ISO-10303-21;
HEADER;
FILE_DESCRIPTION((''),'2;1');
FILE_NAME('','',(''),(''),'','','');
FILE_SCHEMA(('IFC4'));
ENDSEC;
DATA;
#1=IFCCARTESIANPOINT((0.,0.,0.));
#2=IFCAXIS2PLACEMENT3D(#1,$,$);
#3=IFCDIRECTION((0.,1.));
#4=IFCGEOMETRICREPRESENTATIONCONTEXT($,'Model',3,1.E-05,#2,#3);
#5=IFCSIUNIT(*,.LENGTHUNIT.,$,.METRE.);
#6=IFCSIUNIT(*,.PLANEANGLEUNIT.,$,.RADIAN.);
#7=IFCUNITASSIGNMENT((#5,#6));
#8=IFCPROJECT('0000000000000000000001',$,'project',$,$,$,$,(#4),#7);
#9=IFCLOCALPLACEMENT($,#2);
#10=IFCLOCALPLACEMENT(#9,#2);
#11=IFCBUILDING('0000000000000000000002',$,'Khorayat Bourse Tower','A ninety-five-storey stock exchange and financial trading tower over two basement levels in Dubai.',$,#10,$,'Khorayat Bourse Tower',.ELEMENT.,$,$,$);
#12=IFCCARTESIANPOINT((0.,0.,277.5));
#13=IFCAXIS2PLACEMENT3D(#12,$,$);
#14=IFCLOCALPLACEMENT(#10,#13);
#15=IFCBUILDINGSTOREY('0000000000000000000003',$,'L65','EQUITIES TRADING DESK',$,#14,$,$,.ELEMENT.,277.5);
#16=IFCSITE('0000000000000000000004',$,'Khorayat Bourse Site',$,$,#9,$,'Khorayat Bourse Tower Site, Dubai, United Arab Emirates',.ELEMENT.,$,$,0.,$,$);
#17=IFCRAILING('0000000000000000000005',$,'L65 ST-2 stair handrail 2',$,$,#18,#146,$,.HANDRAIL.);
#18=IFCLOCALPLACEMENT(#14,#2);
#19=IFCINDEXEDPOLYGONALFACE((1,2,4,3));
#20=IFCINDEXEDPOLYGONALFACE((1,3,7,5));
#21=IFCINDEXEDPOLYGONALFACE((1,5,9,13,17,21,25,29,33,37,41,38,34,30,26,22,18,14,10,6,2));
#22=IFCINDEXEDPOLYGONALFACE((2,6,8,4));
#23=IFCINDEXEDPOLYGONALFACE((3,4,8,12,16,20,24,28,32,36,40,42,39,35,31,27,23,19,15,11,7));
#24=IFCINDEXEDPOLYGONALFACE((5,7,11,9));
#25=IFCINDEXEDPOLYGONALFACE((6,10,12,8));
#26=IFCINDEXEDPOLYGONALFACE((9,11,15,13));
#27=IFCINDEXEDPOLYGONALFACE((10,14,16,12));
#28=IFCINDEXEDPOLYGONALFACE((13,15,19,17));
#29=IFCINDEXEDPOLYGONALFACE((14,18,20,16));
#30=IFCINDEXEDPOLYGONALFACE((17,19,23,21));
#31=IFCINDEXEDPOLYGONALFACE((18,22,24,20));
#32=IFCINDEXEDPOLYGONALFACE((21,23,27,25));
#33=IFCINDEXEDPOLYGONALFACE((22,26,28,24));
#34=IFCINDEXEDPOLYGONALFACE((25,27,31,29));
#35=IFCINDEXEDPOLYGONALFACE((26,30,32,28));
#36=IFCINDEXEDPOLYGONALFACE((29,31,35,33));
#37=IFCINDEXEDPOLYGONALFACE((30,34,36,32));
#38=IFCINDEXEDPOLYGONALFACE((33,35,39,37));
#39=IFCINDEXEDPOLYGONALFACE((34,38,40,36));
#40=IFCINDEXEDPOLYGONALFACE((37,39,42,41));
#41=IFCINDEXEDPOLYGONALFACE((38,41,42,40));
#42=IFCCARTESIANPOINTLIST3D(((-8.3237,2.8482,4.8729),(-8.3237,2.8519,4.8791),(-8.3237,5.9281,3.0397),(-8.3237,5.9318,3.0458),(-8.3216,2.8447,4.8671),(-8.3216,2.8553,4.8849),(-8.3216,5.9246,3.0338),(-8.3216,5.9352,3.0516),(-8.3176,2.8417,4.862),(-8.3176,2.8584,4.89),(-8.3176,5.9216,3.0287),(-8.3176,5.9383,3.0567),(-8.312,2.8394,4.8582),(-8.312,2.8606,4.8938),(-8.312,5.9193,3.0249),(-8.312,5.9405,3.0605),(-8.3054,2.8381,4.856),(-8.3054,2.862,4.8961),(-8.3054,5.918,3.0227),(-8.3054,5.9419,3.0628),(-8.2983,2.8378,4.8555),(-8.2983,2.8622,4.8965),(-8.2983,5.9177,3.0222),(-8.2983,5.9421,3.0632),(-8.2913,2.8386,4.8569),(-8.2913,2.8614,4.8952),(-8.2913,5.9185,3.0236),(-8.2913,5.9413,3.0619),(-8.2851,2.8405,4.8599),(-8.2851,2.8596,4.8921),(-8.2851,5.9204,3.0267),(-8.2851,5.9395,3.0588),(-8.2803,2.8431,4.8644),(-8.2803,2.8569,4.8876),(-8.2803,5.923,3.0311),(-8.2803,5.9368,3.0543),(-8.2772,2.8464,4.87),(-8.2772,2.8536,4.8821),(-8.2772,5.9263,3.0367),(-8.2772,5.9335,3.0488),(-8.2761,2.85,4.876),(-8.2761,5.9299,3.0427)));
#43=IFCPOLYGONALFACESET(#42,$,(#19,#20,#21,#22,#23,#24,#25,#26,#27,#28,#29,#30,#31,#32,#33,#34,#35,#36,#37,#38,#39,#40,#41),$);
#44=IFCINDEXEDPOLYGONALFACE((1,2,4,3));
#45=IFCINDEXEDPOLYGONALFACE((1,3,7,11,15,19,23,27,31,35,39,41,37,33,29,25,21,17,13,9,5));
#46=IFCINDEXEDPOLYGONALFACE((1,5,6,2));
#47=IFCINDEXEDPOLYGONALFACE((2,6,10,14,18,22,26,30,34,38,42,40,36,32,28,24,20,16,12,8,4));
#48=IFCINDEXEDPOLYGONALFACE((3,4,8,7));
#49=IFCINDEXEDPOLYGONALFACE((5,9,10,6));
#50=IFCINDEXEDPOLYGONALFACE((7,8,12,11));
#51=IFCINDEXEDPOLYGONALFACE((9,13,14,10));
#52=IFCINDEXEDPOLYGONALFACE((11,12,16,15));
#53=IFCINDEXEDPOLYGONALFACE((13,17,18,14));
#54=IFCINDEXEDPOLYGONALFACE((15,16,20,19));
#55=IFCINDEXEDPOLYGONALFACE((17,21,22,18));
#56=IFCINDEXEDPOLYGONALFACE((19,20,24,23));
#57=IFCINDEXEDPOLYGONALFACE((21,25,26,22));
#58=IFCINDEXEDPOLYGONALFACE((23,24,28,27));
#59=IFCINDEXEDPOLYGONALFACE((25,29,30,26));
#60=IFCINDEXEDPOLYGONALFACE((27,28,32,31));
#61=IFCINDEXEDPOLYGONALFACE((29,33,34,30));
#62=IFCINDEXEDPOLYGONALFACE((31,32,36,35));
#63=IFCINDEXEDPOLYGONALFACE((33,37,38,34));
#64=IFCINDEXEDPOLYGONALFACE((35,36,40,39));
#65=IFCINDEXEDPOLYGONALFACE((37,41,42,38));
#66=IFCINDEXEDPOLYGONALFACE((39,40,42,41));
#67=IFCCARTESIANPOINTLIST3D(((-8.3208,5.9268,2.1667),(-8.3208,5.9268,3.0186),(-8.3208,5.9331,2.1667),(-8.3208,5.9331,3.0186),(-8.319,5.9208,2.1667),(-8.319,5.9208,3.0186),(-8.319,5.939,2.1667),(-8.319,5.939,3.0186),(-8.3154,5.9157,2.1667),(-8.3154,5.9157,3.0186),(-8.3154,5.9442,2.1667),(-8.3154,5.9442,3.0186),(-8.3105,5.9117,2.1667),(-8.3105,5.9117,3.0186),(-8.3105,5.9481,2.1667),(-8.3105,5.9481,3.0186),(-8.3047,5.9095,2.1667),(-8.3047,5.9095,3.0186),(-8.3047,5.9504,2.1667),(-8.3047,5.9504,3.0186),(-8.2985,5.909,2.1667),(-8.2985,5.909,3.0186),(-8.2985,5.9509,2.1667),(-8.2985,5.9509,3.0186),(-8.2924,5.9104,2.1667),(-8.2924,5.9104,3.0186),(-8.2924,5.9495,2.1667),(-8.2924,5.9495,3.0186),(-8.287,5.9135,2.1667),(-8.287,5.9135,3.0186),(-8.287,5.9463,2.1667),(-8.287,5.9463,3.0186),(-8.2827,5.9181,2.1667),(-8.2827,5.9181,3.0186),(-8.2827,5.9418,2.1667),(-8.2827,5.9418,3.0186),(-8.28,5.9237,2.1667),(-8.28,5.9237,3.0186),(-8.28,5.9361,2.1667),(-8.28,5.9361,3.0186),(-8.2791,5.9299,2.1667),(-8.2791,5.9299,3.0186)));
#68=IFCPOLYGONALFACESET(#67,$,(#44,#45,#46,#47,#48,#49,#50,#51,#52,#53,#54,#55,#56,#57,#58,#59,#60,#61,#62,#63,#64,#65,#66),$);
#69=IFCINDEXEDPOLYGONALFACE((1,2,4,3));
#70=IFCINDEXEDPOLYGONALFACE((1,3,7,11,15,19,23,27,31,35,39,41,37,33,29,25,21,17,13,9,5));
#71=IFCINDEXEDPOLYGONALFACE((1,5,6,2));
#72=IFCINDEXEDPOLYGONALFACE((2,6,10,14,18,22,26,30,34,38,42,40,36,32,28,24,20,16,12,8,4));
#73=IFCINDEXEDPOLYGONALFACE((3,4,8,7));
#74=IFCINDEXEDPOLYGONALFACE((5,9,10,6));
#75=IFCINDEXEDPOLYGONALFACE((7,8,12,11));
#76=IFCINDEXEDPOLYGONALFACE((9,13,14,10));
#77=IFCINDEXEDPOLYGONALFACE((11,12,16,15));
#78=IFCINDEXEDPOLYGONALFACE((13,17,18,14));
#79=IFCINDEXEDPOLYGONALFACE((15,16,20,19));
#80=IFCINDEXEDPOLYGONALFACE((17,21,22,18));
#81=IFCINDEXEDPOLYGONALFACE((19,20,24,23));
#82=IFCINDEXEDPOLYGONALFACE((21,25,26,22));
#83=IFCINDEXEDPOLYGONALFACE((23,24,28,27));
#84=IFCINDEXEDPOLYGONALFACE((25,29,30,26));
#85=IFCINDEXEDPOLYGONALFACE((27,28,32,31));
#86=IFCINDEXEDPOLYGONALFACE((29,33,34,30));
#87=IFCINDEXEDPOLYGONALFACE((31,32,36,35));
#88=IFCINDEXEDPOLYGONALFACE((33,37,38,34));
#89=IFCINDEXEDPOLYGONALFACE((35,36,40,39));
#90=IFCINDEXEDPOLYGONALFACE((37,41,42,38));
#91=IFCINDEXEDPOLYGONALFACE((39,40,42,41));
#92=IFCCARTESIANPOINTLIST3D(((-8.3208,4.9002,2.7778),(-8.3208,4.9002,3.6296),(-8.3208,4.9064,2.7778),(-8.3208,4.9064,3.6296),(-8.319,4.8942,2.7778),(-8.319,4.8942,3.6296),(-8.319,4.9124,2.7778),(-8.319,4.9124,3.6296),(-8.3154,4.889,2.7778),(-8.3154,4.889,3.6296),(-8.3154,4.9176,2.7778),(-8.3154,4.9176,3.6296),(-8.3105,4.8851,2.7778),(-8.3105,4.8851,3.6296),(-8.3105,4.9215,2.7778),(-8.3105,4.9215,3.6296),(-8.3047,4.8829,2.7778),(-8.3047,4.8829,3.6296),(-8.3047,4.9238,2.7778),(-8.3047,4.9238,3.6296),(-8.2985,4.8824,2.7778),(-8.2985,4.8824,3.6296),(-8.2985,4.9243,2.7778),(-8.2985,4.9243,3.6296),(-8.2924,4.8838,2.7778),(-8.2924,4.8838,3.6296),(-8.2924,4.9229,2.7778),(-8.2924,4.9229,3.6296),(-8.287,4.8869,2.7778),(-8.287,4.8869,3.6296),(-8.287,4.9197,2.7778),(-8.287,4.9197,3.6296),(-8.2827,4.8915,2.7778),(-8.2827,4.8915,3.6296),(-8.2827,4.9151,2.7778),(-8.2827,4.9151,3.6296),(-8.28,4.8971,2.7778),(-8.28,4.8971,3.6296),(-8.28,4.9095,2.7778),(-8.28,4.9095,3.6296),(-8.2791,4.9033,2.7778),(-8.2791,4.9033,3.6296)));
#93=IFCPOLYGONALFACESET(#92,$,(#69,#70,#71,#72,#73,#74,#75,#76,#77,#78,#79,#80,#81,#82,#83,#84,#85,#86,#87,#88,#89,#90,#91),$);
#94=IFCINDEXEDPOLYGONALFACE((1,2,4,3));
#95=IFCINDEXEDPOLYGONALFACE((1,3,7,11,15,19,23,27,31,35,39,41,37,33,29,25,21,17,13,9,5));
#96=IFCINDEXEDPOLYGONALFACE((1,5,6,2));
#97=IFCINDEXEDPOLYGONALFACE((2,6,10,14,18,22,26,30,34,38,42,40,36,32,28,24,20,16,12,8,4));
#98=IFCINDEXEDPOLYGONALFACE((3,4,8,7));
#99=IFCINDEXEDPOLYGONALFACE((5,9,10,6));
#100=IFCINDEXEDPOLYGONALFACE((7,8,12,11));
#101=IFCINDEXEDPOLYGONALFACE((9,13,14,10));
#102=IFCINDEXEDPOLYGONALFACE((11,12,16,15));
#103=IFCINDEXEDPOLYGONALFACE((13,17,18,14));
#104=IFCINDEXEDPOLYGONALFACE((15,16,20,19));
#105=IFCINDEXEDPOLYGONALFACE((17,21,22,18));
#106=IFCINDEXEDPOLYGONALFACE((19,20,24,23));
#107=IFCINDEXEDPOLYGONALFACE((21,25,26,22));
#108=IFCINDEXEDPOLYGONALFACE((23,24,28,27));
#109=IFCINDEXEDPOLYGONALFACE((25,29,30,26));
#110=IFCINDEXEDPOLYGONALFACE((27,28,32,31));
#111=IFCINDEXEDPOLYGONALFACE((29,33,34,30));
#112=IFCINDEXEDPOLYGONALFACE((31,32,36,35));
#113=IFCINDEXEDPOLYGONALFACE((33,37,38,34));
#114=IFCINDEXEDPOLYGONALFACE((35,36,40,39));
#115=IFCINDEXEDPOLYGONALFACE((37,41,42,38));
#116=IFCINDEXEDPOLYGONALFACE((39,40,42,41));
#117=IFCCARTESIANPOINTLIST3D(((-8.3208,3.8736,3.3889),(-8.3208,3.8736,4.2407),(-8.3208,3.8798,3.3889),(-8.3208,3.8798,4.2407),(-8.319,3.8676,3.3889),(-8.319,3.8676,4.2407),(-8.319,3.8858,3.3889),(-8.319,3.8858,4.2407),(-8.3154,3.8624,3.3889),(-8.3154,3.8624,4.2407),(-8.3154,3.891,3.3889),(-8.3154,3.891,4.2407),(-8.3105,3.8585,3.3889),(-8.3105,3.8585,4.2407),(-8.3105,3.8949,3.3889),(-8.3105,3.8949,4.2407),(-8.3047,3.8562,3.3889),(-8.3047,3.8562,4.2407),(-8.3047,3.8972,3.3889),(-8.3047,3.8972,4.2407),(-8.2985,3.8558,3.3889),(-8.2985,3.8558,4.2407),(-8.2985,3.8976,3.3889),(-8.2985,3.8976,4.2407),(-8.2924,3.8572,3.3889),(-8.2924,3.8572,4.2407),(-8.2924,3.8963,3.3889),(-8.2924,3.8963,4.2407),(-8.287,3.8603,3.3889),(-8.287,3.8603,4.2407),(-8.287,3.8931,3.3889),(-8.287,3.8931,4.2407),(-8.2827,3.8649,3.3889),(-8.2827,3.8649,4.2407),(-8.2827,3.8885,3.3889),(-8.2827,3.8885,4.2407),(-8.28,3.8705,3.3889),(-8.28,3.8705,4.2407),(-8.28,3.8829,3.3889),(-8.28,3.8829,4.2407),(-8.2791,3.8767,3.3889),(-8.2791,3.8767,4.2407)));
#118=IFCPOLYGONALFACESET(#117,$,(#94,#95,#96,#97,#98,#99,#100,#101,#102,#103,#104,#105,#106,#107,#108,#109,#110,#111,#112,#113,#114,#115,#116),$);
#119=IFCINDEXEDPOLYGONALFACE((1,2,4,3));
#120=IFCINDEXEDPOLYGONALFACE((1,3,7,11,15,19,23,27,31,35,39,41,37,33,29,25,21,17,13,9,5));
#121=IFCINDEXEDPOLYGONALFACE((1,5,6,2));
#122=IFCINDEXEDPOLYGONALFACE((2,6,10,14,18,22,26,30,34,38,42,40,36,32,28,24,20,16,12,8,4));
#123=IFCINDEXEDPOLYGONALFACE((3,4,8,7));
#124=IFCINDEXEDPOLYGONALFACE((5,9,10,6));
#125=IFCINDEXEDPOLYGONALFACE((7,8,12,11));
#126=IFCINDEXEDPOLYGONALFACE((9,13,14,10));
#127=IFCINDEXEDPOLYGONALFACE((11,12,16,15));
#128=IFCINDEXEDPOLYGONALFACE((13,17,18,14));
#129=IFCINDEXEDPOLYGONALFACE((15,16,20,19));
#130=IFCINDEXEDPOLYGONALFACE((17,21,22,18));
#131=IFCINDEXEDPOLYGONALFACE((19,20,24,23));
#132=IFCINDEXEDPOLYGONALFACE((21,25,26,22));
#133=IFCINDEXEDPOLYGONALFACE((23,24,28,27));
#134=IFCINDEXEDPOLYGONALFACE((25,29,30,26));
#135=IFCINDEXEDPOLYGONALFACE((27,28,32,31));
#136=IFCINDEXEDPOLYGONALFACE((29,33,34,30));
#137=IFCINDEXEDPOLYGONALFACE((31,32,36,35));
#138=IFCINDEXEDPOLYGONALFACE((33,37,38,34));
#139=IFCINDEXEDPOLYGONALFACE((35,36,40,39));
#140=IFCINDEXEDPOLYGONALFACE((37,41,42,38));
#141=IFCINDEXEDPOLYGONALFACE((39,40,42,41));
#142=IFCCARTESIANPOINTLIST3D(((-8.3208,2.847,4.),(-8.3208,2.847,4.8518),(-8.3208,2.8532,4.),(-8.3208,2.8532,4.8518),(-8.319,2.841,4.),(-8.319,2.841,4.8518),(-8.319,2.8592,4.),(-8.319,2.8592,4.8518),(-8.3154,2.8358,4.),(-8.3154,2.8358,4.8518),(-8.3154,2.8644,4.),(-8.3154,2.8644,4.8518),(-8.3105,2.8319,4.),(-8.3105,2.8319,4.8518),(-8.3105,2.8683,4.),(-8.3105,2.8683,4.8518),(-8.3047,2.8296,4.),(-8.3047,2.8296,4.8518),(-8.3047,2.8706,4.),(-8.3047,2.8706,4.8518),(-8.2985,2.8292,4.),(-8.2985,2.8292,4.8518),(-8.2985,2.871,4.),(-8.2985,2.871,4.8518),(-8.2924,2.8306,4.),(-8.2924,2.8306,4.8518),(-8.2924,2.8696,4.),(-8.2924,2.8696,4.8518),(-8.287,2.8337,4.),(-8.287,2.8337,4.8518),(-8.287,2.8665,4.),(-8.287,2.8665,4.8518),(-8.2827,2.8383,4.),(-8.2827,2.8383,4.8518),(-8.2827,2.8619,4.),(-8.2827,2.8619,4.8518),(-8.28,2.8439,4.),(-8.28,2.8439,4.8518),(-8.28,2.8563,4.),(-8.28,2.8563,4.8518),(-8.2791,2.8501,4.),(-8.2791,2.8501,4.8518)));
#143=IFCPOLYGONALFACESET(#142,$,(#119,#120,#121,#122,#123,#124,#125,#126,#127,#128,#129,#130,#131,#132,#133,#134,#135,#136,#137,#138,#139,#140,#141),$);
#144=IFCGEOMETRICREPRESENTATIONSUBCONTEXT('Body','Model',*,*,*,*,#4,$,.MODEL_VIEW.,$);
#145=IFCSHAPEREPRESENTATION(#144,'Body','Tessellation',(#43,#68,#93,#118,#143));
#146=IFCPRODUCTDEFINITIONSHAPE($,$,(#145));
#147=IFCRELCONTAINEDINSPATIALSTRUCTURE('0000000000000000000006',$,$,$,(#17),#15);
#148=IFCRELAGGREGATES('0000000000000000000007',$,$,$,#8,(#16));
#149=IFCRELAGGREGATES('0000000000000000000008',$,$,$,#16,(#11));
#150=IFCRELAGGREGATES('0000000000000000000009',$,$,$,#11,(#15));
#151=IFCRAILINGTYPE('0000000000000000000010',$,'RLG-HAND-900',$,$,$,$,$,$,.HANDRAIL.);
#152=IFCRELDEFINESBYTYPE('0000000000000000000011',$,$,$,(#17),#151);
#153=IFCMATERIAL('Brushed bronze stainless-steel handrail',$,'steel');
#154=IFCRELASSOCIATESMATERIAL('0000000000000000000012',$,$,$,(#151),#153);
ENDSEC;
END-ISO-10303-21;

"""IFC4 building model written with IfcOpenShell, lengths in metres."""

from ifc_helpers import new_model, si_unit, direction, frame, origin, origin_2d, place, context, subcontext, project, spatial, circle, extrude, source, transform, mapped, material, type_object, element, save


model = new_model("IFC4")

# Units and contexts
model_context = context("Model", 3, precision=1e-05, world=origin(), true_north=direction((0.0, 1.0)))
body_context = subcontext(model_context, "Body", "Model", "MODEL_VIEW")
ifc_project = project(units=[si_unit("LENGTHUNIT", "METRE"), si_unit("PLANEANGLEUNIT", "RADIAN")], contexts=[model_context])

# Site, building, storey
site_placement = place(None, origin())
site = spatial("IfcSite", under=ifc_project, at=site_placement, Name="Khorayat Bourse Site", LongName="Khorayat Bourse Tower Site, Dubai, United Arab Emirates", CompositionType="ELEMENT", RefElevation=0.0)
building_placement = place(site_placement, origin())
building = spatial("IfcBuilding", under=site, at=building_placement, Name="Khorayat Bourse Tower", Description="A ninety-five-storey stock exchange and financial trading tower over two basement levels in Dubai.", LongName="Khorayat Bourse Tower", CompositionType="ELEMENT")
storey_placement = place(building_placement, frame((0.0, 0.0, 277.5)))
storey = spatial("IfcBuildingStorey", under=building, at=storey_placement, Name="L65", Description="EQUITIES TRADING DESK", CompositionType="ELEMENT", Elevation=277.5)

# Railing
ifc_material_1 = material(Name="Brushed bronze stainless-steel handrail", Category="steel")
railing_type_1 = type_object("IfcRailingType", Name="RLG-HAND-900", PredefinedType="HANDRAIL", material=ifc_material_1)
shared_shape_1 = source(origin(), body_context, "Body", "SweptSolid", [
    extrude(circle(Radius=0.0239, at=origin_2d()), frame((0.0, 0.0, 0.876), z_axis=(0.0, -0.859291, 0.511487), x_axis=(1.0, 0.0, 0.0)), (0.0, 0.0, 1.0), 3.5842),
    extrude(circle(Radius=0.021, at=origin_2d()), origin(), (0.0, 0.0, 1.0), 0.8518),
    extrude(circle(Radius=0.021, at=origin_2d()), frame((0.0, -1.0266, 0.6111)), (0.0, 0.0, 1.0), 0.8518),
    extrude(circle(Radius=0.021, at=origin_2d()), frame((0.0, -2.0532, 1.2222)), (0.0, 0.0, 1.0), 0.8518),
    extrude(circle(Radius=0.021, at=origin_2d()), frame((0.0, -3.0798, 1.8333)), (0.0, 0.0, 1.0), 0.8518),
])
railing_1_placement = place(storey_placement, frame((-8.3, 5.9299, 2.1667)))
element("IfcRailing", 1, at=railing_1_placement, inside=storey, type_object=railing_type_1, Name="L65 ST-2 stair handrail 2", PredefinedType="HANDRAIL", context=body_context, shape_type="MappedRepresentation", body=[
    mapped(shared_shape_1, transform((0.0, 0.0, 0.0), scale=1.0)),
])

save(model, "model.ifc")
